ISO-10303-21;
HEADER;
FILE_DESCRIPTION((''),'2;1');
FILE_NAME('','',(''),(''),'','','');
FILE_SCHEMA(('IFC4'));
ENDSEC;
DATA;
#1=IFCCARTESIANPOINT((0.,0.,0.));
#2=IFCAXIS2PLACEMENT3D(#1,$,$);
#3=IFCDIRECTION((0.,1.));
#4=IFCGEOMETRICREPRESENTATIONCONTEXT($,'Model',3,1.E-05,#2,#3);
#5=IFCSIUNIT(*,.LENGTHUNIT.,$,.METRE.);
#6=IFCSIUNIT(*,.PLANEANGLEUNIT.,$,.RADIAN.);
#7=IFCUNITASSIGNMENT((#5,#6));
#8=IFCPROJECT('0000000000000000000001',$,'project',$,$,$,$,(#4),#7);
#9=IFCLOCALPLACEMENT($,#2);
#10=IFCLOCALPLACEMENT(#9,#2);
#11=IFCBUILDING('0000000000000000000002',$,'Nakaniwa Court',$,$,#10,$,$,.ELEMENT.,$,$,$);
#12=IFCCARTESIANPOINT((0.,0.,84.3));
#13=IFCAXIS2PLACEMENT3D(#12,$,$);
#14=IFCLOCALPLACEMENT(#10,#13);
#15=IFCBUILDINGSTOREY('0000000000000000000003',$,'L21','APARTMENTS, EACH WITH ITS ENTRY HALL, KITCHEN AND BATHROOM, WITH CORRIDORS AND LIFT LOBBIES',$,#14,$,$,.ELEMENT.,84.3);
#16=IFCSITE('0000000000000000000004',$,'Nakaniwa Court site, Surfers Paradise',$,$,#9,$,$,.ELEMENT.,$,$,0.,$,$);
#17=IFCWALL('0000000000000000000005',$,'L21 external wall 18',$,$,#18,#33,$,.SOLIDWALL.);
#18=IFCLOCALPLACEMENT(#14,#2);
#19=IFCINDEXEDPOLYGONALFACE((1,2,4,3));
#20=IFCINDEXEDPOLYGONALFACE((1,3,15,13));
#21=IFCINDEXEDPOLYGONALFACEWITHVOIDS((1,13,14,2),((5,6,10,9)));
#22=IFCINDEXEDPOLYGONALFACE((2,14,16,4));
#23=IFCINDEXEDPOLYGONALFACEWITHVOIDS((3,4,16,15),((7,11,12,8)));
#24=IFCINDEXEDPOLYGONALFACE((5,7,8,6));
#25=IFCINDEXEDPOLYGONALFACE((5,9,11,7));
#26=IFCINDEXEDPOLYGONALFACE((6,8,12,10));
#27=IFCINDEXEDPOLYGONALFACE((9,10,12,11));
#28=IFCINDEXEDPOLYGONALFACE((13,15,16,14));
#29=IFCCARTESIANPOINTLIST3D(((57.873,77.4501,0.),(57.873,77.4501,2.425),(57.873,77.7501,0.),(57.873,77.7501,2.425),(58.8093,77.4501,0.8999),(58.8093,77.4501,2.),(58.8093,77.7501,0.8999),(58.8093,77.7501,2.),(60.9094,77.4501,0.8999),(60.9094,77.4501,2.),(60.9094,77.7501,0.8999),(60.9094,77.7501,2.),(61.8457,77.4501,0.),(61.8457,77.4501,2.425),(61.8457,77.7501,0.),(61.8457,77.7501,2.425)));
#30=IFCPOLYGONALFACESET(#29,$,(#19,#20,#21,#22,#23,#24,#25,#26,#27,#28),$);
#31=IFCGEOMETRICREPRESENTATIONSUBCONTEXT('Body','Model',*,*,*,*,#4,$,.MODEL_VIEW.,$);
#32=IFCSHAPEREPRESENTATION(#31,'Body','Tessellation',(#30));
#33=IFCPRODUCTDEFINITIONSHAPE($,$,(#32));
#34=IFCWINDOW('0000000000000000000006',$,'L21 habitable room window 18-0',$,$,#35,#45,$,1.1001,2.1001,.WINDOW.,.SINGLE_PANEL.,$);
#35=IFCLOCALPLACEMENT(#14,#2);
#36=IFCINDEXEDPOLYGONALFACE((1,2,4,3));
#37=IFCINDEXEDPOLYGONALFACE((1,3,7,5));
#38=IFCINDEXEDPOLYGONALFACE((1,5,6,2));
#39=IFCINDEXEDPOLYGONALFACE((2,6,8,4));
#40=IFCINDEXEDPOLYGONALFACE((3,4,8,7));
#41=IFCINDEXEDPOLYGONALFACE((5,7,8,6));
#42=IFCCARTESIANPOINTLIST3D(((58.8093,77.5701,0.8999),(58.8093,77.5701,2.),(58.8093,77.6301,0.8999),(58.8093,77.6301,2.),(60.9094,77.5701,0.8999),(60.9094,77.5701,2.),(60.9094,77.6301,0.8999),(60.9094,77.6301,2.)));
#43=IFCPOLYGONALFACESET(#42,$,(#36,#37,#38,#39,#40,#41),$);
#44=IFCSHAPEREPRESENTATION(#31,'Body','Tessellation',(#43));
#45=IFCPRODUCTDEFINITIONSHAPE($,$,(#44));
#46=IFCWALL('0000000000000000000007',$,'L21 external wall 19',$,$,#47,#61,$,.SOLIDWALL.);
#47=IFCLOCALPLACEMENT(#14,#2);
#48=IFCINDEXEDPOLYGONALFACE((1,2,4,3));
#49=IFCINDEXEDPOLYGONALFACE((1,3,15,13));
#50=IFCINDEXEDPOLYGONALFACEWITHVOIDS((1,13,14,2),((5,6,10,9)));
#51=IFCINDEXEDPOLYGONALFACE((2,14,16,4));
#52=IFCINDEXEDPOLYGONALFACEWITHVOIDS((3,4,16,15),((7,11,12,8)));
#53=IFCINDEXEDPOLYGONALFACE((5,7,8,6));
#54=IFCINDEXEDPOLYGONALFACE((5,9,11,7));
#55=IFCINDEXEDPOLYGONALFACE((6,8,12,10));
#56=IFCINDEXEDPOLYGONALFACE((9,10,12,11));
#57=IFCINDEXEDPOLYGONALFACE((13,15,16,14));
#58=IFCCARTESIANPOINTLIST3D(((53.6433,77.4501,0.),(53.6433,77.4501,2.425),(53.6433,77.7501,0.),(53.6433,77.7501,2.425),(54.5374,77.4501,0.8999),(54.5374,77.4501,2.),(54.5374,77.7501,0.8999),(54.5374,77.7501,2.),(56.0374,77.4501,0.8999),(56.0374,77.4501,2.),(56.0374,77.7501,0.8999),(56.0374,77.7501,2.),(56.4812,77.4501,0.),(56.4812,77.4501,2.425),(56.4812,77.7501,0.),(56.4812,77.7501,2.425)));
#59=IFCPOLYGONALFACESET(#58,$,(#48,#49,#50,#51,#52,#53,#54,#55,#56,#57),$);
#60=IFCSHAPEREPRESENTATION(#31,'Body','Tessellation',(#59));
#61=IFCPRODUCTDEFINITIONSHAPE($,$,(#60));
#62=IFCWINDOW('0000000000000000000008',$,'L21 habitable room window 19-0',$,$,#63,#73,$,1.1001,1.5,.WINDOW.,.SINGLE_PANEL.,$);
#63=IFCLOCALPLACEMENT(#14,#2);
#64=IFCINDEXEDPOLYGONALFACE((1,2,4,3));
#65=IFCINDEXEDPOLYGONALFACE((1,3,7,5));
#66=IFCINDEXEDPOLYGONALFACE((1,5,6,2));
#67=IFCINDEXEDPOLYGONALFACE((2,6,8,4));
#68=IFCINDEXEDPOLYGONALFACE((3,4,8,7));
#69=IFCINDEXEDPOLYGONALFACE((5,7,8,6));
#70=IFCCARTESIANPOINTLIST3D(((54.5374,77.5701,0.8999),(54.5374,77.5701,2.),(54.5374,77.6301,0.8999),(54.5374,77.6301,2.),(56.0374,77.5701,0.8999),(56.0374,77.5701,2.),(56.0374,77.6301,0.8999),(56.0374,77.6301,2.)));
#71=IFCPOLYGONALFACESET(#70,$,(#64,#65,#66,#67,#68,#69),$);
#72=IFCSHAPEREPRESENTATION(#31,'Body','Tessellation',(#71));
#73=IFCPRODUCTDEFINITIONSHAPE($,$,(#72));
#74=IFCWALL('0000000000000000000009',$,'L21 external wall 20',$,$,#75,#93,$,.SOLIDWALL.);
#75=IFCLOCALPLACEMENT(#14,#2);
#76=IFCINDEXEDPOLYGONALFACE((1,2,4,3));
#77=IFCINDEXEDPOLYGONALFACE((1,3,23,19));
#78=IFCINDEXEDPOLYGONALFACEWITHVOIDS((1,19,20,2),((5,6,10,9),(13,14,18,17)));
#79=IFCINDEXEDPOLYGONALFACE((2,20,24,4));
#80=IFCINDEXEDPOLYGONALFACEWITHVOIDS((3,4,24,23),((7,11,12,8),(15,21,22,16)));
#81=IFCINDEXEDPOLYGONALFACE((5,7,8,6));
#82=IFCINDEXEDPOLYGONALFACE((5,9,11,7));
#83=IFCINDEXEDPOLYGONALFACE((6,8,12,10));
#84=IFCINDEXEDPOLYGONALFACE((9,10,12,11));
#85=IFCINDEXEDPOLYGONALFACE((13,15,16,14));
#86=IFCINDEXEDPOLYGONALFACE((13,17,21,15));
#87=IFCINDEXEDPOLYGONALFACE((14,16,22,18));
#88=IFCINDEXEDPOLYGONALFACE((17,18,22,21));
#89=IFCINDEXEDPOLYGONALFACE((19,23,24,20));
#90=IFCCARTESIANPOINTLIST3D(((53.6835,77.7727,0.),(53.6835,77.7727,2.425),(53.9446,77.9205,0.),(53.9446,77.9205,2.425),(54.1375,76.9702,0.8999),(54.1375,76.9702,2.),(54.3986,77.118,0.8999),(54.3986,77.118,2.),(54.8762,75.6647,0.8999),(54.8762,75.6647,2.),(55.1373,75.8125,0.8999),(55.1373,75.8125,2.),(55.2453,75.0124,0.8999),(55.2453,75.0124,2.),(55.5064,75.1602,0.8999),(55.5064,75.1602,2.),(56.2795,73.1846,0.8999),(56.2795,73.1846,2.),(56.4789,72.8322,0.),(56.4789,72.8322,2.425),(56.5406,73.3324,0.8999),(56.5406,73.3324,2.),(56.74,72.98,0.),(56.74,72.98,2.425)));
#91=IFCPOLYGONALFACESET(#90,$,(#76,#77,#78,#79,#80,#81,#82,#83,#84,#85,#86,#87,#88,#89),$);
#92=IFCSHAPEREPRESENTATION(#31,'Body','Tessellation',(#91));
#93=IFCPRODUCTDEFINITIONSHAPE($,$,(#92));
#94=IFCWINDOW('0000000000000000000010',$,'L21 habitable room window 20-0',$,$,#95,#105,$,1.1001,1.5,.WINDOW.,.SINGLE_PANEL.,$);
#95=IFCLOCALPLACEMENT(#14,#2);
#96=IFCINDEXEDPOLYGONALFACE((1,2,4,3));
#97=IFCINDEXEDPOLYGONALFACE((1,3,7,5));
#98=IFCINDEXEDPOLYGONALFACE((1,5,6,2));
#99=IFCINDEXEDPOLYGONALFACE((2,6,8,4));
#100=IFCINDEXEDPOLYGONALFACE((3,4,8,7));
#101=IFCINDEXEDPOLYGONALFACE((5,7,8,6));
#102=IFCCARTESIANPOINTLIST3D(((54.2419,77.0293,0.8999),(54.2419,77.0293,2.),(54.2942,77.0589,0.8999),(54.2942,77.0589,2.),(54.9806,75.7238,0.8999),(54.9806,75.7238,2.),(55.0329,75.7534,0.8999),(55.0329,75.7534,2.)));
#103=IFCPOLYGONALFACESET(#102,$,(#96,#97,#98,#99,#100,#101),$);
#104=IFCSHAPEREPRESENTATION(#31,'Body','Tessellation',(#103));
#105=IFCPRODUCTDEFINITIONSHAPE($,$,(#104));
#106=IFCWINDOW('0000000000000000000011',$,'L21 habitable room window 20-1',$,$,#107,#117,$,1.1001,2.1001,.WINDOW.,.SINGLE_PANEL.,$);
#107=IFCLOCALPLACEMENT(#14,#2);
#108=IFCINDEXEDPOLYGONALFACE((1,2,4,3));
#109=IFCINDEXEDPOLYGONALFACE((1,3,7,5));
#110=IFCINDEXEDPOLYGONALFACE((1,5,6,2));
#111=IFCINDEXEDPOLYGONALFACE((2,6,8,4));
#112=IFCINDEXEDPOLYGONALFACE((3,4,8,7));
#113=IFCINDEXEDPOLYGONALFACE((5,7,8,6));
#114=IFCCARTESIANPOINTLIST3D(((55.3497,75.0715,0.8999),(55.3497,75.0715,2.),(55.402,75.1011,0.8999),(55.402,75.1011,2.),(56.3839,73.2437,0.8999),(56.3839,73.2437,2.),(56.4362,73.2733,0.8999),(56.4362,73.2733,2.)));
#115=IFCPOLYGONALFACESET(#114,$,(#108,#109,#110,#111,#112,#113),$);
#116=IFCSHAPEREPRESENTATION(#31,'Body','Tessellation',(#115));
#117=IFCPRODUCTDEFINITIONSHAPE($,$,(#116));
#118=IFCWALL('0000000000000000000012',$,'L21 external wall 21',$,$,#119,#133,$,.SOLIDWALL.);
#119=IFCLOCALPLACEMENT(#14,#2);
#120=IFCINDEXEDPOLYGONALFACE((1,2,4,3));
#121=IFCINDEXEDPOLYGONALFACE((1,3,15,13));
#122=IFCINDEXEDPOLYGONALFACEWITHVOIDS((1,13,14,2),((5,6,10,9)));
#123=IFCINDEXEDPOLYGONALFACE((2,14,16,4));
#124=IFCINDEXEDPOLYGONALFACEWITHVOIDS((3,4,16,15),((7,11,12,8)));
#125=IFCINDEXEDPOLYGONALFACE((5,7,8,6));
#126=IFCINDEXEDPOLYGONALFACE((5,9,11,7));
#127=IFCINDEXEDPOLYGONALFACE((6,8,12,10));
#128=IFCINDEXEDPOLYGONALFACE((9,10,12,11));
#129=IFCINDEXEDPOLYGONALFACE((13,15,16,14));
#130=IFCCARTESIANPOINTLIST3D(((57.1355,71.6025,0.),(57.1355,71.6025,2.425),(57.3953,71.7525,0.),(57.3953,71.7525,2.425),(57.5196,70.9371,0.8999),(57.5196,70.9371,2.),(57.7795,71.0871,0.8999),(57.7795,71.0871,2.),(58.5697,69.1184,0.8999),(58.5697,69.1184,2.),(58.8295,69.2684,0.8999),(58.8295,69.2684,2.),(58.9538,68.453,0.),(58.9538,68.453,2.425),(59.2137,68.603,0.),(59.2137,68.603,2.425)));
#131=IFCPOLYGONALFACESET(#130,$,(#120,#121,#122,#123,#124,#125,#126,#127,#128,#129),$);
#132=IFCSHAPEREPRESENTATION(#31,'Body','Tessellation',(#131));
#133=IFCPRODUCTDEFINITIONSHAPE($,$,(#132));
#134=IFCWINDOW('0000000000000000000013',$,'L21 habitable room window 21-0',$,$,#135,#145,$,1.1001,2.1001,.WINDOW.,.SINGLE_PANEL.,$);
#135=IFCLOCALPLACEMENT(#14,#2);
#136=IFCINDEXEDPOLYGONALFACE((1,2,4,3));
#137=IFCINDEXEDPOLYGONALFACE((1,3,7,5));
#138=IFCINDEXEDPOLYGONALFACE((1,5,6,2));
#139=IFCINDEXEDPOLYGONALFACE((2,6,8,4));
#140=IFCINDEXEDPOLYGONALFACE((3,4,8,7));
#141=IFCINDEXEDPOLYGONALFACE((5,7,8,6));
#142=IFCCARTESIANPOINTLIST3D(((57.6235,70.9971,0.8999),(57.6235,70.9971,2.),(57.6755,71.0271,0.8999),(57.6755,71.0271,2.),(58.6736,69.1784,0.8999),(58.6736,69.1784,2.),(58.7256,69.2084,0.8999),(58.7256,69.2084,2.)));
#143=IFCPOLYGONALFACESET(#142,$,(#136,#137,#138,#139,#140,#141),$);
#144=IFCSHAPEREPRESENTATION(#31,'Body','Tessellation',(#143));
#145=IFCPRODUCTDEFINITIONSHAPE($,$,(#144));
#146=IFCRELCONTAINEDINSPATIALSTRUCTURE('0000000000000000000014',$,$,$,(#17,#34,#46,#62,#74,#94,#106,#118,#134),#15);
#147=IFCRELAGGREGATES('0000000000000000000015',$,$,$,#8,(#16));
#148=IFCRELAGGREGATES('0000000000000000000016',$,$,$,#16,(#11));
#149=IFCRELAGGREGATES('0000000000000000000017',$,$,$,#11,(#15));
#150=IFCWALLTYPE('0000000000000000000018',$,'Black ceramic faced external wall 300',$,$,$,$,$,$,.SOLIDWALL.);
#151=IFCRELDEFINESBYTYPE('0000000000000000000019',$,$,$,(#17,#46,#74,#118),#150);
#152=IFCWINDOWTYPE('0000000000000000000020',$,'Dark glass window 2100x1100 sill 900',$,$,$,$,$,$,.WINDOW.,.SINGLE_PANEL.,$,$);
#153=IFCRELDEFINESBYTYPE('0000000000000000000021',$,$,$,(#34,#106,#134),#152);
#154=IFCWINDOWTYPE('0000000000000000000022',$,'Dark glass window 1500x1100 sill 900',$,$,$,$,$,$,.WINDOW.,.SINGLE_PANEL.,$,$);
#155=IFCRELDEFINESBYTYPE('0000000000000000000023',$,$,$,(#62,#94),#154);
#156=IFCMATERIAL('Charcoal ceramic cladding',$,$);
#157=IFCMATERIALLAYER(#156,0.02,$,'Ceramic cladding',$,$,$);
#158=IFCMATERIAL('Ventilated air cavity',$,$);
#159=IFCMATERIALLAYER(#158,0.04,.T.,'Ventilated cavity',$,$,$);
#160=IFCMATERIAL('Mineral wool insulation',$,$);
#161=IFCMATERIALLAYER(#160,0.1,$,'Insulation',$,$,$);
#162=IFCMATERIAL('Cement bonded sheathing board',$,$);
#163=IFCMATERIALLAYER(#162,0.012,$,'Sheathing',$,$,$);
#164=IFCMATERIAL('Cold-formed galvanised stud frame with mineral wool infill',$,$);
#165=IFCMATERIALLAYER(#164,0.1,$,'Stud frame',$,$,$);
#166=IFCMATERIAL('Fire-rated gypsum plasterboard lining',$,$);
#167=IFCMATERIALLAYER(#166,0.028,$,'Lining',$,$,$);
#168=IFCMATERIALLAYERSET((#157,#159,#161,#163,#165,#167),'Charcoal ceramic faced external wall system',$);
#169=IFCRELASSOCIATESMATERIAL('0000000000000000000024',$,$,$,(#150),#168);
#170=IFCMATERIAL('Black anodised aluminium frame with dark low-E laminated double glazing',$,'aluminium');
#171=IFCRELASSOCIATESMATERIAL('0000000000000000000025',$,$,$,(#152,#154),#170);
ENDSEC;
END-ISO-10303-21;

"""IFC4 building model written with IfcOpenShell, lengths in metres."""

from ifc_helpers import new_model, si_unit, direction, frame, frame_2d, origin, place, context, subcontext, project, spatial, rectangle, extrude, material, layer, layer_set, type_object, element, fill, save


model = new_model("IFC4")

# Units and contexts
model_context = context("Model", 3, precision=1e-05, world=origin(), true_north=direction((0.0, 1.0)))
body_context = subcontext(model_context, "Body", "Model", "MODEL_VIEW")
ifc_project = project(units=[si_unit("LENGTHUNIT", "METRE"), si_unit("PLANEANGLEUNIT", "RADIAN")], contexts=[model_context])

# Site, building, storey
site_placement = place(None, origin())
site = spatial("IfcSite", under=ifc_project, at=site_placement, Name="Nakaniwa Court site, Surfers Paradise", CompositionType="ELEMENT", RefElevation=0.0)
building_placement = place(site_placement, origin())
building = spatial("IfcBuilding", under=site, at=building_placement, Name="Nakaniwa Court", CompositionType="ELEMENT")
storey_placement = place(building_placement, frame((0.0, 0.0, 84.3)))
storey = spatial("IfcBuildingStorey", under=building, at=storey_placement, Name="L21", Description="APARTMENTS, EACH WITH ITS ENTRY HALL, KITCHEN AND BATHROOM, WITH CORRIDORS AND LIFT LOBBIES", CompositionType="ELEMENT", Elevation=84.3)

# Walls, openings, windows
ifc_material_1 = material(Name="Charcoal ceramic cladding")
ifc_layer_1 = layer(ifc_material_1, 0.02, Name="Ceramic cladding")
ifc_material_2 = material(Name="Ventilated air cavity")
ifc_layer_2 = layer(ifc_material_2, 0.04, ventilated=True, Name="Ventilated cavity")
ifc_material_3 = material(Name="Mineral wool insulation")
ifc_layer_3 = layer(ifc_material_3, 0.1, Name="Insulation")
ifc_material_4 = material(Name="Cement bonded sheathing board")
ifc_layer_4 = layer(ifc_material_4, 0.012, Name="Sheathing")
ifc_material_5 = material(Name="Cold-formed galvanised stud frame with mineral wool infill")
ifc_layer_5 = layer(ifc_material_5, 0.1, Name="Stud frame")
ifc_material_6 = material(Name="Fire-rated gypsum plasterboard lining")
ifc_layer_6 = layer(ifc_material_6, 0.028, Name="Lining")
ifc_layer_set_1 = layer_set([ifc_layer_1, ifc_layer_2, ifc_layer_3, ifc_layer_4, ifc_layer_5, ifc_layer_6], Name="Charcoal ceramic faced external wall system")
wall_type_1 = type_object("IfcWallType", Name="Black ceramic faced external wall 300", PredefinedType="SOLIDWALL", material=ifc_layer_set_1)
wall_1_placement = place(storey_placement, frame((61.8457, 77.6001, 0.0), z_axis=(0.0, 0.0, 1.0), x_axis=(-1.0, 0.0, 0.0)))
wall_1 = element("IfcWall", 1, at=wall_1_placement, inside=storey, type_object=wall_type_1, Name="L21 external wall 18", PredefinedType="SOLIDWALL", context=body_context, shape_type="SweptSolid", body=[
    extrude(rectangle(XDim=3.9727, YDim=0.3, at=frame_2d((1.9863, 0.0))), origin(), (0.0, 0.0, 1.0), 2.425),
])
opening_1_placement = place(wall_1_placement, frame((0.9363, 0.0, 0.8999)))
opening_1 = element("IfcOpeningElement", 2, at=opening_1_placement, cuts=wall_1, PredefinedType="OPENING", context=body_context, shape_type="SweptSolid", body=[
    extrude(rectangle(XDim=2.1001, YDim=1.1001, at=frame_2d((1.05, 0.55))), frame((0.0, 0.1599, 0.0), z_axis=(0.0, -1.0, 0.0), x_axis=(1.0, 0.0, 0.0)), (0.0, 0.0, 1.0), 0.3201),
])
ifc_material_7 = material(Name="Black anodised aluminium frame with dark low-E laminated double glazing", Category="aluminium")
window_type_1 = type_object("IfcWindowType", Name="Dark glass window 2100x1100 sill 900", PartitioningType="SINGLE_PANEL", PredefinedType="WINDOW", material=ifc_material_7)
window_1_placement = place(opening_1_placement, origin())
window_1 = element("IfcWindow", 3, at=window_1_placement, inside=storey, type_object=window_type_1, Name="L21 habitable room window 18-0", OverallHeight=1.1001, OverallWidth=2.1001, PartitioningType="SINGLE_PANEL", PredefinedType="WINDOW", context=body_context, shape_type="SweptSolid", body=[
    extrude(rectangle(XDim=2.1001, YDim=1.1001, at=frame_2d((1.05, 0.55))), frame((0.0, 0.03, 0.0), z_axis=(0.0, -1.0, 0.0), x_axis=(1.0, 0.0, 0.0)), (0.0, 0.0, 1.0), 0.0601),
])
fill(opening_1, window_1)
wall_2_placement = place(storey_placement, frame((56.4812, 77.6001, 0.0), z_axis=(0.0, 0.0, 1.0), x_axis=(-1.0, 0.0, 0.0)))
wall_2 = element("IfcWall", 4, at=wall_2_placement, inside=storey, type_object=wall_type_1, Name="L21 external wall 19", PredefinedType="SOLIDWALL", context=body_context, shape_type="SweptSolid", body=[
    extrude(rectangle(XDim=2.8379, YDim=0.3, at=frame_2d((1.4189, 0.0))), origin(), (0.0, 0.0, 1.0), 2.425),
])
opening_2_placement = place(wall_2_placement, frame((0.4438, 0.0, 0.8999)))
opening_2 = element("IfcOpeningElement", 5, at=opening_2_placement, cuts=wall_2, PredefinedType="OPENING", context=body_context, shape_type="SweptSolid", body=[
    extrude(rectangle(XDim=1.5, YDim=1.1001, at=frame_2d((0.75, 0.55))), frame((0.0, 0.1599, 0.0), z_axis=(0.0, -1.0, 0.0), x_axis=(1.0, 0.0, 0.0)), (0.0, 0.0, 1.0), 0.3201),
])
window_type_2 = type_object("IfcWindowType", Name="Dark glass window 1500x1100 sill 900", PartitioningType="SINGLE_PANEL", PredefinedType="WINDOW", material=ifc_material_7)
window_2_placement = place(opening_2_placement, origin())
window_2 = element("IfcWindow", 6, at=window_2_placement, inside=storey, type_object=window_type_2, Name="L21 habitable room window 19-0", OverallHeight=1.1001, OverallWidth=1.5, PartitioningType="SINGLE_PANEL", PredefinedType="WINDOW", context=body_context, shape_type="SweptSolid", body=[
    extrude(rectangle(XDim=1.5, YDim=1.1001, at=frame_2d((0.75, 0.55))), frame((0.0, 0.03, 0.0), z_axis=(0.0, -1.0, 0.0), x_axis=(1.0, 0.0, 0.0)), (0.0, 0.0, 1.0), 0.0601),
])
fill(opening_2, window_2)

# Wall, openings, windows
wall_3_placement = place(storey_placement, frame((53.814, 77.8467, 0.0), z_axis=(0.0, 0.0, 1.0), x_axis=(0.492457, -0.870337, 0.0)))
wall_3 = element("IfcWall", 7, at=wall_3_placement, inside=storey, type_object=wall_type_1, Name="L21 external wall 20", PredefinedType="SOLIDWALL", context=body_context, shape_type="SweptSolid", body=[
    extrude(rectangle(XDim=5.6765, YDim=0.3, at=frame_2d((2.8384, 0.0))), origin(), (0.0, 0.0, 1.0), 2.425),
])
opening_3_placement = place(wall_3_placement, frame((0.9221, 0.0, 0.8999)))
opening_3 = element("IfcOpeningElement", 8, at=opening_3_placement, cuts=wall_3, PredefinedType="OPENING", context=body_context, shape_type="SweptSolid", body=[
    extrude(rectangle(XDim=1.5, YDim=1.1001, at=frame_2d((0.75, 0.55))), frame((0.0, 0.1599, 0.0), z_axis=(0.0, -1.0, 0.0), x_axis=(1.0, 0.0, 0.0)), (0.0, 0.0, 1.0), 0.3201),
])
opening_4_placement = place(wall_3_placement, frame((3.1716, 0.0, 0.8999)))
opening_4 = element("IfcOpeningElement", 9, at=opening_4_placement, cuts=wall_3, PredefinedType="OPENING", context=body_context, shape_type="SweptSolid", body=[
    extrude(rectangle(XDim=2.1001, YDim=1.1001, at=frame_2d((1.05, 0.55))), frame((0.0, 0.1599, 0.0), z_axis=(0.0, -1.0, 0.0), x_axis=(1.0, 0.0, 0.0)), (0.0, 0.0, 1.0), 0.3201),
])
window_3_placement = place(opening_3_placement, origin())
window_3 = element("IfcWindow", 10, at=window_3_placement, inside=storey, type_object=window_type_2, Name="L21 habitable room window 20-0", OverallHeight=1.1001, OverallWidth=1.5, PartitioningType="SINGLE_PANEL", PredefinedType="WINDOW", context=body_context, shape_type="SweptSolid", body=[
    extrude(rectangle(XDim=1.5, YDim=1.1001, at=frame_2d((0.75, 0.55))), frame((0.0, 0.03, 0.0), z_axis=(0.0, -1.0, 0.0), x_axis=(1.0, 0.0, 0.0)), (0.0, 0.0, 1.0), 0.0601),
])
fill(opening_3, window_3)
window_4_placement = place(opening_4_placement, origin())
window_4 = element("IfcWindow", 11, at=window_4_placement, inside=storey, type_object=window_type_1, Name="L21 habitable room window 20-1", OverallHeight=1.1001, OverallWidth=2.1001, PartitioningType="SINGLE_PANEL", PredefinedType="WINDOW", context=body_context, shape_type="SweptSolid", body=[
    extrude(rectangle(XDim=2.1001, YDim=1.1001, at=frame_2d((1.05, 0.55))), frame((0.0, 0.03, 0.0), z_axis=(0.0, -1.0, 0.0), x_axis=(1.0, 0.0, 0.0)), (0.0, 0.0, 1.0), 0.0601),
])
fill(opening_4, window_4)

# Wall, opening, window
wall_4_placement = place(storey_placement, frame((57.2654, 71.6775, 0.0), z_axis=(0.0, 0.0, 1.0), x_axis=(0.500009, -0.86602, 0.0)))
wall_4 = element("IfcWall", 12, at=wall_4_placement, inside=storey, type_object=wall_type_1, Name="L21 external wall 21", PredefinedType="SOLIDWALL", context=body_context, shape_type="SweptSolid", body=[
    extrude(rectangle(XDim=3.6367, YDim=0.3, at=frame_2d((1.8184, 0.0))), origin(), (0.0, 0.0, 1.0), 2.425),
])
opening_5_placement = place(wall_4_placement, frame((0.7683, 0.0, 0.8999)))
opening_5 = element("IfcOpeningElement", 13, at=opening_5_placement, cuts=wall_4, PredefinedType="OPENING", context=body_context, shape_type="SweptSolid", body=[
    extrude(rectangle(XDim=2.1001, YDim=1.1001, at=frame_2d((1.05, 0.55))), frame((0.0, 0.1599, 0.0), z_axis=(0.0, -1.0, 0.0), x_axis=(1.0, 0.0, 0.0)), (0.0, 0.0, 1.0), 0.3201),
])
window_5_placement = place(opening_5_placement, origin())
window_5 = element("IfcWindow", 14, at=window_5_placement, inside=storey, type_object=window_type_1, Name="L21 habitable room window 21-0", OverallHeight=1.1001, OverallWidth=2.1001, PartitioningType="SINGLE_PANEL", PredefinedType="WINDOW", context=body_context, shape_type="SweptSolid", body=[
    extrude(rectangle(XDim=2.1001, YDim=1.1001, at=frame_2d((1.05, 0.55))), frame((0.0, 0.03, 0.0), z_axis=(0.0, -1.0, 0.0), x_axis=(1.0, 0.0, 0.0)), (0.0, 0.0, 1.0), 0.0601),
])
fill(opening_5, window_5)

save(model, "model.ifc")
